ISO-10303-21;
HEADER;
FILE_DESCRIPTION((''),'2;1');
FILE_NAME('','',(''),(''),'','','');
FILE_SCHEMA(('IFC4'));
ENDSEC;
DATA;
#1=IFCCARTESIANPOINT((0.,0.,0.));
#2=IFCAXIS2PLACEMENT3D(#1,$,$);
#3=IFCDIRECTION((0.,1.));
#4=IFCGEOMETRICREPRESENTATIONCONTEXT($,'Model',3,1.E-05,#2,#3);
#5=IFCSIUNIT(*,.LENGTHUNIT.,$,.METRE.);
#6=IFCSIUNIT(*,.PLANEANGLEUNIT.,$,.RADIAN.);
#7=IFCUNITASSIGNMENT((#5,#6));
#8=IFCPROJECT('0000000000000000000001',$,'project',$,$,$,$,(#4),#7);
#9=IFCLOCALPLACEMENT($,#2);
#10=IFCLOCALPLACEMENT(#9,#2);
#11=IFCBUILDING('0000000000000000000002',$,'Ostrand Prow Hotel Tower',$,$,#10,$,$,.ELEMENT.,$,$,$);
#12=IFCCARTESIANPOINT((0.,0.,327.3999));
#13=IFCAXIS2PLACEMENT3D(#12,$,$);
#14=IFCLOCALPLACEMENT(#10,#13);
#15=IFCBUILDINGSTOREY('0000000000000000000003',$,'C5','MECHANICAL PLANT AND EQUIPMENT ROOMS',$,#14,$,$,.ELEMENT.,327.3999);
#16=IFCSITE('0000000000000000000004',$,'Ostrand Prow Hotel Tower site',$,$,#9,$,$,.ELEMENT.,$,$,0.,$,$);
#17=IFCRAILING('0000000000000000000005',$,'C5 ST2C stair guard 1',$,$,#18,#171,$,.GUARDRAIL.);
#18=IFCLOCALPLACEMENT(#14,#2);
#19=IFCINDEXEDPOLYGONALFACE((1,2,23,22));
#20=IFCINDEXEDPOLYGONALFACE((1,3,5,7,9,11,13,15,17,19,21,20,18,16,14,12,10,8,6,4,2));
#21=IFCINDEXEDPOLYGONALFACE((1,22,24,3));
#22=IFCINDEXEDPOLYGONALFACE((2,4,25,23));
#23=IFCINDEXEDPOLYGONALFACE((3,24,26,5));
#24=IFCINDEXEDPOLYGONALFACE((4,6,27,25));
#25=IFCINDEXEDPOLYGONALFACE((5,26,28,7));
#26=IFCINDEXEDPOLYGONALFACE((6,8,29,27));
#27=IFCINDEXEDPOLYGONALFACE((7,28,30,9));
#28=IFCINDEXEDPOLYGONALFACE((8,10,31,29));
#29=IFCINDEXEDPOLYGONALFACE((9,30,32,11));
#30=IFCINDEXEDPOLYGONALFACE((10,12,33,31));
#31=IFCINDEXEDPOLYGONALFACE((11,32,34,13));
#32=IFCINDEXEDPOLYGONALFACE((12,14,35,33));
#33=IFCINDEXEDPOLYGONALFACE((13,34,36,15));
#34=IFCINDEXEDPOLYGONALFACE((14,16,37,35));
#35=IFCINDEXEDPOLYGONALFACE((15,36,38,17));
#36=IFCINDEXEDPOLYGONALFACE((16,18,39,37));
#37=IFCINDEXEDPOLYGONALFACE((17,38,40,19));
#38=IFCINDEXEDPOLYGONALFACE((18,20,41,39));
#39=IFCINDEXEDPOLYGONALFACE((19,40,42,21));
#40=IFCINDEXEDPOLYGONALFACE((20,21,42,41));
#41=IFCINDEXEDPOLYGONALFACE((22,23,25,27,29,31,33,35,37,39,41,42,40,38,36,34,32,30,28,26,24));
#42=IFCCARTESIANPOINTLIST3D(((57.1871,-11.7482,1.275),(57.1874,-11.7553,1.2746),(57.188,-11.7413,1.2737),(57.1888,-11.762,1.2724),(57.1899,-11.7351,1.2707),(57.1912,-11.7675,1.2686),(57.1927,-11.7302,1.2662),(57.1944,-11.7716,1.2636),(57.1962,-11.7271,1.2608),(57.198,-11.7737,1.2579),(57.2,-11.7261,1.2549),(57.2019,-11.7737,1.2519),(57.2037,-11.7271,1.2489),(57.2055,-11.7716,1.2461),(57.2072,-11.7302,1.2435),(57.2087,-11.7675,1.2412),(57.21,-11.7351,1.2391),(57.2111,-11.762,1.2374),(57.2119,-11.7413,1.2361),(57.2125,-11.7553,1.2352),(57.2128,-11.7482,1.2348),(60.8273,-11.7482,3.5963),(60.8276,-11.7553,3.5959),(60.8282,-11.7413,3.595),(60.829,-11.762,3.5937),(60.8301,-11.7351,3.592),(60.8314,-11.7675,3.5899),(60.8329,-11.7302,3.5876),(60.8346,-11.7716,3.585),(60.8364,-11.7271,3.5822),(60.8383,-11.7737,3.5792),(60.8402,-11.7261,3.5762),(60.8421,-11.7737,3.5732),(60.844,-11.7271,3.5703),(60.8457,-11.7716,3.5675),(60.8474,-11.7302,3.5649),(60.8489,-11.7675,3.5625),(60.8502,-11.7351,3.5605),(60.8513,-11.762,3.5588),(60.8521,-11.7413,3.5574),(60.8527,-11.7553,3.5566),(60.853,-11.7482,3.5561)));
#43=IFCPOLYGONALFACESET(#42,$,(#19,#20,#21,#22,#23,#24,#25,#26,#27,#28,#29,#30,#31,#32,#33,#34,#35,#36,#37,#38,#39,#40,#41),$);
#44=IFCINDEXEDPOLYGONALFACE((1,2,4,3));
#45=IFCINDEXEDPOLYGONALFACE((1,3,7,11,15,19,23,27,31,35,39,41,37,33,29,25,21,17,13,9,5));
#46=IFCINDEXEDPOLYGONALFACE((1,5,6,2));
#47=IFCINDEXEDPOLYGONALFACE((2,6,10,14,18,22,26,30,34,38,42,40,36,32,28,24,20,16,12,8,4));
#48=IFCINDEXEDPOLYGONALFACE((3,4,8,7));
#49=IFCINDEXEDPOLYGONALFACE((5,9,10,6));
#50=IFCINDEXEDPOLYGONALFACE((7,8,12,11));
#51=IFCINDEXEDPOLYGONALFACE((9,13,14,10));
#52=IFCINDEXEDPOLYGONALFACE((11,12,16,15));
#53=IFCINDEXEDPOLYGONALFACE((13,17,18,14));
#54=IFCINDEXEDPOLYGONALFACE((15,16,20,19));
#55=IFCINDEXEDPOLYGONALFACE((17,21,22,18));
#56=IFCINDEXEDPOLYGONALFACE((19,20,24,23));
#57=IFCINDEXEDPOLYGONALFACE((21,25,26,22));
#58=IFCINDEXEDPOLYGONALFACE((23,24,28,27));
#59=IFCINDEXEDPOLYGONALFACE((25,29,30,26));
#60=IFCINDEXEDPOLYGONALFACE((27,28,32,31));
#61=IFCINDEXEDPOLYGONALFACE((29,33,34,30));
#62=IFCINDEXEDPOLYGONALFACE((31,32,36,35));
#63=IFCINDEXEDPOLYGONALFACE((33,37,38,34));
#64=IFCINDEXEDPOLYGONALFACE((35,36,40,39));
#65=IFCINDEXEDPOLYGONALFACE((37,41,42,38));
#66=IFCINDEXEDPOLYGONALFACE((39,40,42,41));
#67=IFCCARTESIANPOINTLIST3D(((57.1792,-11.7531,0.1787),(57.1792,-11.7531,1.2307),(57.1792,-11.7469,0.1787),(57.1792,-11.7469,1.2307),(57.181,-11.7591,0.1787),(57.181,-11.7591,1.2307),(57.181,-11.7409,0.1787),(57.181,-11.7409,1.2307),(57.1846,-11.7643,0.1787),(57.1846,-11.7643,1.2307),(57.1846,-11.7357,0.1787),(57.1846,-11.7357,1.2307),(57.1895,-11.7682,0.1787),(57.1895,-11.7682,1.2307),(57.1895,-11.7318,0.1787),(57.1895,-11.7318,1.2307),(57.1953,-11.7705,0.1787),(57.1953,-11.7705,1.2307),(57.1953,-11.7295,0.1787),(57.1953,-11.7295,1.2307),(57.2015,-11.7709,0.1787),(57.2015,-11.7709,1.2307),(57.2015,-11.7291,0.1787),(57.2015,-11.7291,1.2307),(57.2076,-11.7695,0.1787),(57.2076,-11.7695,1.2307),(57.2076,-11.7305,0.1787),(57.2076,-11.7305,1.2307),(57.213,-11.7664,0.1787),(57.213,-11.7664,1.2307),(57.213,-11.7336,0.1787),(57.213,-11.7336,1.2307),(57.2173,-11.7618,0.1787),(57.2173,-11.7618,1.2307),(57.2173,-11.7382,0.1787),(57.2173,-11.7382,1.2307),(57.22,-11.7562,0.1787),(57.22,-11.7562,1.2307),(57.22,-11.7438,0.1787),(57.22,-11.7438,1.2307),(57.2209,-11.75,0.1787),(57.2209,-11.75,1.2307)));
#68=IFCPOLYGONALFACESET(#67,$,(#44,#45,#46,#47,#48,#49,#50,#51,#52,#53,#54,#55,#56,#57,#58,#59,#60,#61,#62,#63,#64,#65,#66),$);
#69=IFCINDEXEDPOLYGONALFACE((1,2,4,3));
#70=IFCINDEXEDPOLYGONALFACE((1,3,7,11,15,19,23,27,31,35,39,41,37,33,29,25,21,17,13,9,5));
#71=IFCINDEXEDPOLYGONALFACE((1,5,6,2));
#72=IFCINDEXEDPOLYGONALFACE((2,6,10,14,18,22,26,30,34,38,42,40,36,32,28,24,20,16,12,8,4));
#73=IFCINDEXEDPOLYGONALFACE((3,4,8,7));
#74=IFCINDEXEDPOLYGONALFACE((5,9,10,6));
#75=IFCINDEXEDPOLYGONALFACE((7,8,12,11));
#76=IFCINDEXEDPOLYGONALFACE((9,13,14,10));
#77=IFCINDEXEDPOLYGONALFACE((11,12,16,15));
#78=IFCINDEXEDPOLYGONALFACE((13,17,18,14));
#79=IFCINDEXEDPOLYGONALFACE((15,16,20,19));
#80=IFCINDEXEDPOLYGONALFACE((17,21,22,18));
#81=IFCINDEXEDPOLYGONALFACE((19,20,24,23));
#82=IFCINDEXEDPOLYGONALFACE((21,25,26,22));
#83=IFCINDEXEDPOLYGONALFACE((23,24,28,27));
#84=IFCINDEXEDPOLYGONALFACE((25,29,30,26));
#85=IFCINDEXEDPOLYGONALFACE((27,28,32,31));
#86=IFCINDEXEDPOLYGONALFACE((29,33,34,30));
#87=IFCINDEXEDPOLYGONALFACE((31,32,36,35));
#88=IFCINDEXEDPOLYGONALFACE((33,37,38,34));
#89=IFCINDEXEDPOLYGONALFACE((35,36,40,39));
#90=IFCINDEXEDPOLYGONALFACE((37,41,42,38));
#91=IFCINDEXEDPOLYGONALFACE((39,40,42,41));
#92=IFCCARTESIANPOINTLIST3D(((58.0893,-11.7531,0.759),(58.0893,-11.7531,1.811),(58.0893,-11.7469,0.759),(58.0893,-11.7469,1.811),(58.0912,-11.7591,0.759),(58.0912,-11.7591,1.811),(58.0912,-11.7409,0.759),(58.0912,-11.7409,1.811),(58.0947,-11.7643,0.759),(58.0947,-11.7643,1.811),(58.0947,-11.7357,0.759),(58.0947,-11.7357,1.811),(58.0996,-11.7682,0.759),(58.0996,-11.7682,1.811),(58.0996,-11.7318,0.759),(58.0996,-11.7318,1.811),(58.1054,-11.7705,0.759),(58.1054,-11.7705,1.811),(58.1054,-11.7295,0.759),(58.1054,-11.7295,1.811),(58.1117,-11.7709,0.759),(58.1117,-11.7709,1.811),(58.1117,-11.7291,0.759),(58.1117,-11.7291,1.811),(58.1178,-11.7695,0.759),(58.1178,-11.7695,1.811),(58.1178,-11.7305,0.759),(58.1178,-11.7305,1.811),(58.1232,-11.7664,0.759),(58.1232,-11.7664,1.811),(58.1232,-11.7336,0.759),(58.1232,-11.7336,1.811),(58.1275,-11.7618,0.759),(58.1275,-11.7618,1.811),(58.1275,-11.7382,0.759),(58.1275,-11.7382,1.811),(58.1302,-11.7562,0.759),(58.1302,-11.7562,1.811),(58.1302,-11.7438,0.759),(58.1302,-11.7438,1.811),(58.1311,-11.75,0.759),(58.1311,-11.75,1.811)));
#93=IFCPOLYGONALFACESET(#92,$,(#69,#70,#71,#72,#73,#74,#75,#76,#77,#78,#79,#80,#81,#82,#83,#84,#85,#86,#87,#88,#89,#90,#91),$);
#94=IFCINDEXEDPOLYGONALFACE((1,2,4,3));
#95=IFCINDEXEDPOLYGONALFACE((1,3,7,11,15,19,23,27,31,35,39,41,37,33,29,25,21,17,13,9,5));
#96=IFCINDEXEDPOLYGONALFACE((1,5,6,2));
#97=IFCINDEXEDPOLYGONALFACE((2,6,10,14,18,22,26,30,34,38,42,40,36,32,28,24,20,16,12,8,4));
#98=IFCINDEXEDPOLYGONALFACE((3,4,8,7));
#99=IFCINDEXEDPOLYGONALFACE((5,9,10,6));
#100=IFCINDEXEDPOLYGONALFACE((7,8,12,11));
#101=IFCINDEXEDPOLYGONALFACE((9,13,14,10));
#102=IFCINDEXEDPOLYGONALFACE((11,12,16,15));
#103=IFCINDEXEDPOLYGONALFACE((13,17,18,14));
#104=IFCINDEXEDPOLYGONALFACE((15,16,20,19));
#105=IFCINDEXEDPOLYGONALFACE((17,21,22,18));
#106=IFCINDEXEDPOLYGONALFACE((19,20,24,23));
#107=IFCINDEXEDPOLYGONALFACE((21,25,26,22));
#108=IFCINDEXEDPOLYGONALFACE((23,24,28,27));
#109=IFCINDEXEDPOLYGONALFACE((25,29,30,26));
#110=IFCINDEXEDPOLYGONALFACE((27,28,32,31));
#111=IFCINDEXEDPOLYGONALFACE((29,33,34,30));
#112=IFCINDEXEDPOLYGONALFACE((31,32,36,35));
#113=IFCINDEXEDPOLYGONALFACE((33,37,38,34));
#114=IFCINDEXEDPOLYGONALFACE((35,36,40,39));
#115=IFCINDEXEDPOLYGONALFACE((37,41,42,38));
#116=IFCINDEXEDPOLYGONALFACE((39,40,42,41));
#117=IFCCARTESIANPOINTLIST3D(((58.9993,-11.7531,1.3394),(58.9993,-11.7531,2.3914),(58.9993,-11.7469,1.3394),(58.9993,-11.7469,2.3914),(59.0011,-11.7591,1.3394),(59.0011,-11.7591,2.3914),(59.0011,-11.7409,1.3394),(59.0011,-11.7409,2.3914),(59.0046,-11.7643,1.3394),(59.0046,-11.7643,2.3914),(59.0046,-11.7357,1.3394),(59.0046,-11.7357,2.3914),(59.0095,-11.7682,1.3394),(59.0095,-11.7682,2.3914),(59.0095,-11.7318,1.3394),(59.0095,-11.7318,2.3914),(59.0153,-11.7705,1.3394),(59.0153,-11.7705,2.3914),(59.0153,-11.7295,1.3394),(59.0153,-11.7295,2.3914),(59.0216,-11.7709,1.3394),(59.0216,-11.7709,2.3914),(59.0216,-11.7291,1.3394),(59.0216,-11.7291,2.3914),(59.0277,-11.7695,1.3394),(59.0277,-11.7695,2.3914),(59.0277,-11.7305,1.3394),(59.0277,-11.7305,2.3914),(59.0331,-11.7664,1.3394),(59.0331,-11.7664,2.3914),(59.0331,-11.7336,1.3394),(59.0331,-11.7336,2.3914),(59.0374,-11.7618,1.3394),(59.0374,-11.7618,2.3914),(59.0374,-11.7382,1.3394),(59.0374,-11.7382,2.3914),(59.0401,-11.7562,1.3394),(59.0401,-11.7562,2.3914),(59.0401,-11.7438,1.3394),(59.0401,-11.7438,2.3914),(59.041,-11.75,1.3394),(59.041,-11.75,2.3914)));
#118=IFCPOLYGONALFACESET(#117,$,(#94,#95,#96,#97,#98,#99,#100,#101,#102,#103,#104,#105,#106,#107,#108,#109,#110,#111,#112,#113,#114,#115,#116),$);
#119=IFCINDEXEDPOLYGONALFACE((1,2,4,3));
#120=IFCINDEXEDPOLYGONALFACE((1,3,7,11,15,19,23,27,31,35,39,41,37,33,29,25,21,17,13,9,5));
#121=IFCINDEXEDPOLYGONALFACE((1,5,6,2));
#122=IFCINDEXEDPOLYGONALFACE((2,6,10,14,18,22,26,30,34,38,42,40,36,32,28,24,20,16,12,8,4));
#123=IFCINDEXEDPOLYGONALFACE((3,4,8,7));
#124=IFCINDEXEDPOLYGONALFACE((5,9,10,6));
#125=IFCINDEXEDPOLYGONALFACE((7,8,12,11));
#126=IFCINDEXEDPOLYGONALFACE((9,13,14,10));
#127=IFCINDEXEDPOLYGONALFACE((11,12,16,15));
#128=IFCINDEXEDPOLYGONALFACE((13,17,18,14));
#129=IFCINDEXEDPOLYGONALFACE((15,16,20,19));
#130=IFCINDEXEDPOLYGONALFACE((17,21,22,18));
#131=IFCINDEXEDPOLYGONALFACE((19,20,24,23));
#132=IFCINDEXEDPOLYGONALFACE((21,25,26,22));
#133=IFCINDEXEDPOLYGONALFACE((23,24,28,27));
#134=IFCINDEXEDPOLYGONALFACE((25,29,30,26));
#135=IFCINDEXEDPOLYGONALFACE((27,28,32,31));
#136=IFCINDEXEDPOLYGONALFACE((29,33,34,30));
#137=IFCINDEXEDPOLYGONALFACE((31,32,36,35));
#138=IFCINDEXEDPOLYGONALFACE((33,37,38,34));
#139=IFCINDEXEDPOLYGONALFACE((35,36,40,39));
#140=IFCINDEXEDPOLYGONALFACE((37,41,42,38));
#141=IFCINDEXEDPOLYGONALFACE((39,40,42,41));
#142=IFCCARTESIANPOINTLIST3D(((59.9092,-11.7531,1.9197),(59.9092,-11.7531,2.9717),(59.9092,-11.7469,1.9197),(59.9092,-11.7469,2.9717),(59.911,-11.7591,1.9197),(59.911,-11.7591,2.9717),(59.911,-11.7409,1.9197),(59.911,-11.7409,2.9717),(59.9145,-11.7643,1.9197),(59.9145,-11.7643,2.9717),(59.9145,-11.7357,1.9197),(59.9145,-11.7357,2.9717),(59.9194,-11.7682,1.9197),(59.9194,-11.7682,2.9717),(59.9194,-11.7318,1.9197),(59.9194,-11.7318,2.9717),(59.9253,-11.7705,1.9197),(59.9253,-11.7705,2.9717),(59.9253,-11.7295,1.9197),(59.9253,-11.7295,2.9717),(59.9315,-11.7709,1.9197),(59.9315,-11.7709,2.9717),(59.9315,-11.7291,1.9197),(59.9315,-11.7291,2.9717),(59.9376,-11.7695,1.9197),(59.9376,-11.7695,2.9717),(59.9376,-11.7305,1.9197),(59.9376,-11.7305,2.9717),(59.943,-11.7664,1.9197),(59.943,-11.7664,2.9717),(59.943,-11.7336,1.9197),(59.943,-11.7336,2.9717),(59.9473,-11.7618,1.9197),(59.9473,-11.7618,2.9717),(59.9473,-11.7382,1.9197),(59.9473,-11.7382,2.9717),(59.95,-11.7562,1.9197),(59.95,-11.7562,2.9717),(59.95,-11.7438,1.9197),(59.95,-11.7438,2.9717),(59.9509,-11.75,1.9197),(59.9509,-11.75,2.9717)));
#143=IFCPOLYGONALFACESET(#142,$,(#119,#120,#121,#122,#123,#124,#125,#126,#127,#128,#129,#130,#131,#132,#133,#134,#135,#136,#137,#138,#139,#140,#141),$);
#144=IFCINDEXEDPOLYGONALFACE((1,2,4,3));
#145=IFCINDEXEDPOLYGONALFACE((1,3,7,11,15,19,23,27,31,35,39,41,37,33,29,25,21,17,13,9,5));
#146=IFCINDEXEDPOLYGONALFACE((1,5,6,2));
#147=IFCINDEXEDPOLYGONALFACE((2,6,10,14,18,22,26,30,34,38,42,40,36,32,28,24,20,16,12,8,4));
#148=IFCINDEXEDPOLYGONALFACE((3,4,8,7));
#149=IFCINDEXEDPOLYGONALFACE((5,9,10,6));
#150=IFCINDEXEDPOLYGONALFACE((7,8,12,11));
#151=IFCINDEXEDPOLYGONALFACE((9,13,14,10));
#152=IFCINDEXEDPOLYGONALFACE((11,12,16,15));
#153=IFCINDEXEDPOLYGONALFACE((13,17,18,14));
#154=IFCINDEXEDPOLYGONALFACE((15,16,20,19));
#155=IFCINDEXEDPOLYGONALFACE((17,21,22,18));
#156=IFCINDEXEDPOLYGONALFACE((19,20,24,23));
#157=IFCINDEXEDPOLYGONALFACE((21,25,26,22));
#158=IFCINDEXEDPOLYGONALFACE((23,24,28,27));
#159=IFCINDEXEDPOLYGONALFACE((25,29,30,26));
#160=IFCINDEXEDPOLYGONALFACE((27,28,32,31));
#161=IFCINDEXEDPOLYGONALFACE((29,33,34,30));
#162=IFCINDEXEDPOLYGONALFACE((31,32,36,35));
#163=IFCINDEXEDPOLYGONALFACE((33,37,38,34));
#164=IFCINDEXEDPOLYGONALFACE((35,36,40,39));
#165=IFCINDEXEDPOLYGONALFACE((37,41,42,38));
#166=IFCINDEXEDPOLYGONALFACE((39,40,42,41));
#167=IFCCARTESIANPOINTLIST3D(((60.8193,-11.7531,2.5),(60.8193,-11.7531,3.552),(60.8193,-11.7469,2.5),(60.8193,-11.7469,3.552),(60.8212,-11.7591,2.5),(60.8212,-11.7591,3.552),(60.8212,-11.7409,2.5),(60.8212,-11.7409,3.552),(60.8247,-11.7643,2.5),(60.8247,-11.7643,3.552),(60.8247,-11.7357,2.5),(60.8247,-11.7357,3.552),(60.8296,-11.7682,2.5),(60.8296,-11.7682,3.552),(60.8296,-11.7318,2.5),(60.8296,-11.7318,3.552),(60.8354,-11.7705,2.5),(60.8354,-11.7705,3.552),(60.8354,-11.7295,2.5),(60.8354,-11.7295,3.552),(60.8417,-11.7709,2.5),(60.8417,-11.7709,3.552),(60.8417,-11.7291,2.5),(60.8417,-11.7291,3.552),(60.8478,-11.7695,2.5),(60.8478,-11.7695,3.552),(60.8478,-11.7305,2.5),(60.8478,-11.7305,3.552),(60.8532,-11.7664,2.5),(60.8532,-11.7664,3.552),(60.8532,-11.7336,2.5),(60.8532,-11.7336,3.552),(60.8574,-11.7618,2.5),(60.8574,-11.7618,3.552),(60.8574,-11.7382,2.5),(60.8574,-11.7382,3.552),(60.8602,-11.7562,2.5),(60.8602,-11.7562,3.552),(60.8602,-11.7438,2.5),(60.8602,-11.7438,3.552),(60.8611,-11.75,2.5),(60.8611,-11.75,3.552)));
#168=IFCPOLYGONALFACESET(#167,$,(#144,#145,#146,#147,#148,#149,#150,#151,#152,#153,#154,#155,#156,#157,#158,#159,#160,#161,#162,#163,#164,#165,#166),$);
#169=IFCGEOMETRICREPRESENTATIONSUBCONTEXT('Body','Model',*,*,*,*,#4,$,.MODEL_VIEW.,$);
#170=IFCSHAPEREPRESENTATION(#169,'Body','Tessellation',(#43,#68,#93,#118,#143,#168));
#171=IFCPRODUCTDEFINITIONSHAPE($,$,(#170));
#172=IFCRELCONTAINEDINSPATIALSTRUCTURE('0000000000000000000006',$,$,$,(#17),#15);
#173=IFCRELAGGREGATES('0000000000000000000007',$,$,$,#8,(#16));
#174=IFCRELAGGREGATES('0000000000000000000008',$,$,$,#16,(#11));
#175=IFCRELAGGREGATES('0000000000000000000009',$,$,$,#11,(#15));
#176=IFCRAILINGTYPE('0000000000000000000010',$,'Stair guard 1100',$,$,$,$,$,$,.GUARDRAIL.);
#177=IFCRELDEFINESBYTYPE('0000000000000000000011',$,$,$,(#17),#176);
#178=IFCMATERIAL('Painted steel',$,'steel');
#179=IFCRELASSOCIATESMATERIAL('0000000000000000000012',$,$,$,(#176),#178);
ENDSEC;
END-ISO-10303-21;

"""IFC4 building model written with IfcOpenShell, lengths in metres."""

from ifc_helpers import new_model, si_unit, direction, frame, origin, origin_2d, place, context, subcontext, project, spatial, circle, extrude, material, type_object, element, save


model = new_model("IFC4")

# Units and contexts
model_context = context("Model", 3, precision=1e-05, world=origin(), true_north=direction((0.0, 1.0)))
body_context = subcontext(model_context, "Body", "Model", "MODEL_VIEW")
ifc_project = project(units=[si_unit("LENGTHUNIT", "METRE"), si_unit("PLANEANGLEUNIT", "RADIAN")], contexts=[model_context])

# Site, building, storey
site_placement = place(None, origin())
site = spatial("IfcSite", under=ifc_project, at=site_placement, Name="Ostrand Prow Hotel Tower site", CompositionType="ELEMENT", RefElevation=0.0)
building_placement = place(site_placement, origin())
building = spatial("IfcBuilding", under=site, at=building_placement, Name="Ostrand Prow Hotel Tower", CompositionType="ELEMENT")
storey_placement = place(building_placement, frame((0.0, 0.0, 327.3999)))
storey = spatial("IfcBuildingStorey", under=building, at=storey_placement, Name="C5", Description="MECHANICAL PLANT AND EQUIPMENT ROOMS", CompositionType="ELEMENT", Elevation=327.3999)

# Railing
ifc_material_1 = material(Name="Painted steel", Category="steel")
railing_type_1 = type_object("IfcRailingType", Name="Stair guard 1100", PredefinedType="GUARDRAIL", material=ifc_material_1)
railing_1_placement = place(storey_placement, frame((57.2, -11.75, 0.1787)))
element("IfcRailing", 1, at=railing_1_placement, inside=storey, type_object=railing_type_1, Name="C5 ST2C stair guard 1", PredefinedType="GUARDRAIL", context=body_context, shape_type="SweptSolid", body=[
    extrude(circle(Radius=0.0239, at=origin_2d()), frame((0.0, 0.0, 1.0762), z_axis=(0.843153, 0.0, 0.537673), x_axis=(0.0, 1.0, 0.0)), (0.0, 0.0, 1.0), 4.3174),
    extrude(circle(Radius=0.021, at=origin_2d()), origin(), (0.0, 0.0, 1.0), 1.052),
    extrude(circle(Radius=0.021, at=origin_2d()), frame((0.9102, 0.0, 0.5803)), (0.0, 0.0, 1.0), 1.052),
    extrude(circle(Radius=0.021, at=origin_2d()), frame((1.8201, 0.0, 1.1606)), (0.0, 0.0, 1.0), 1.052),
    extrude(circle(Radius=0.021, at=origin_2d()), frame((2.73, 0.0, 1.741)), (0.0, 0.0, 1.0), 1.052),
    extrude(circle(Radius=0.021, at=origin_2d()), frame((3.6401, 0.0, 2.3213)), (0.0, 0.0, 1.0), 1.052),
])

save(model, "model.ifc")
